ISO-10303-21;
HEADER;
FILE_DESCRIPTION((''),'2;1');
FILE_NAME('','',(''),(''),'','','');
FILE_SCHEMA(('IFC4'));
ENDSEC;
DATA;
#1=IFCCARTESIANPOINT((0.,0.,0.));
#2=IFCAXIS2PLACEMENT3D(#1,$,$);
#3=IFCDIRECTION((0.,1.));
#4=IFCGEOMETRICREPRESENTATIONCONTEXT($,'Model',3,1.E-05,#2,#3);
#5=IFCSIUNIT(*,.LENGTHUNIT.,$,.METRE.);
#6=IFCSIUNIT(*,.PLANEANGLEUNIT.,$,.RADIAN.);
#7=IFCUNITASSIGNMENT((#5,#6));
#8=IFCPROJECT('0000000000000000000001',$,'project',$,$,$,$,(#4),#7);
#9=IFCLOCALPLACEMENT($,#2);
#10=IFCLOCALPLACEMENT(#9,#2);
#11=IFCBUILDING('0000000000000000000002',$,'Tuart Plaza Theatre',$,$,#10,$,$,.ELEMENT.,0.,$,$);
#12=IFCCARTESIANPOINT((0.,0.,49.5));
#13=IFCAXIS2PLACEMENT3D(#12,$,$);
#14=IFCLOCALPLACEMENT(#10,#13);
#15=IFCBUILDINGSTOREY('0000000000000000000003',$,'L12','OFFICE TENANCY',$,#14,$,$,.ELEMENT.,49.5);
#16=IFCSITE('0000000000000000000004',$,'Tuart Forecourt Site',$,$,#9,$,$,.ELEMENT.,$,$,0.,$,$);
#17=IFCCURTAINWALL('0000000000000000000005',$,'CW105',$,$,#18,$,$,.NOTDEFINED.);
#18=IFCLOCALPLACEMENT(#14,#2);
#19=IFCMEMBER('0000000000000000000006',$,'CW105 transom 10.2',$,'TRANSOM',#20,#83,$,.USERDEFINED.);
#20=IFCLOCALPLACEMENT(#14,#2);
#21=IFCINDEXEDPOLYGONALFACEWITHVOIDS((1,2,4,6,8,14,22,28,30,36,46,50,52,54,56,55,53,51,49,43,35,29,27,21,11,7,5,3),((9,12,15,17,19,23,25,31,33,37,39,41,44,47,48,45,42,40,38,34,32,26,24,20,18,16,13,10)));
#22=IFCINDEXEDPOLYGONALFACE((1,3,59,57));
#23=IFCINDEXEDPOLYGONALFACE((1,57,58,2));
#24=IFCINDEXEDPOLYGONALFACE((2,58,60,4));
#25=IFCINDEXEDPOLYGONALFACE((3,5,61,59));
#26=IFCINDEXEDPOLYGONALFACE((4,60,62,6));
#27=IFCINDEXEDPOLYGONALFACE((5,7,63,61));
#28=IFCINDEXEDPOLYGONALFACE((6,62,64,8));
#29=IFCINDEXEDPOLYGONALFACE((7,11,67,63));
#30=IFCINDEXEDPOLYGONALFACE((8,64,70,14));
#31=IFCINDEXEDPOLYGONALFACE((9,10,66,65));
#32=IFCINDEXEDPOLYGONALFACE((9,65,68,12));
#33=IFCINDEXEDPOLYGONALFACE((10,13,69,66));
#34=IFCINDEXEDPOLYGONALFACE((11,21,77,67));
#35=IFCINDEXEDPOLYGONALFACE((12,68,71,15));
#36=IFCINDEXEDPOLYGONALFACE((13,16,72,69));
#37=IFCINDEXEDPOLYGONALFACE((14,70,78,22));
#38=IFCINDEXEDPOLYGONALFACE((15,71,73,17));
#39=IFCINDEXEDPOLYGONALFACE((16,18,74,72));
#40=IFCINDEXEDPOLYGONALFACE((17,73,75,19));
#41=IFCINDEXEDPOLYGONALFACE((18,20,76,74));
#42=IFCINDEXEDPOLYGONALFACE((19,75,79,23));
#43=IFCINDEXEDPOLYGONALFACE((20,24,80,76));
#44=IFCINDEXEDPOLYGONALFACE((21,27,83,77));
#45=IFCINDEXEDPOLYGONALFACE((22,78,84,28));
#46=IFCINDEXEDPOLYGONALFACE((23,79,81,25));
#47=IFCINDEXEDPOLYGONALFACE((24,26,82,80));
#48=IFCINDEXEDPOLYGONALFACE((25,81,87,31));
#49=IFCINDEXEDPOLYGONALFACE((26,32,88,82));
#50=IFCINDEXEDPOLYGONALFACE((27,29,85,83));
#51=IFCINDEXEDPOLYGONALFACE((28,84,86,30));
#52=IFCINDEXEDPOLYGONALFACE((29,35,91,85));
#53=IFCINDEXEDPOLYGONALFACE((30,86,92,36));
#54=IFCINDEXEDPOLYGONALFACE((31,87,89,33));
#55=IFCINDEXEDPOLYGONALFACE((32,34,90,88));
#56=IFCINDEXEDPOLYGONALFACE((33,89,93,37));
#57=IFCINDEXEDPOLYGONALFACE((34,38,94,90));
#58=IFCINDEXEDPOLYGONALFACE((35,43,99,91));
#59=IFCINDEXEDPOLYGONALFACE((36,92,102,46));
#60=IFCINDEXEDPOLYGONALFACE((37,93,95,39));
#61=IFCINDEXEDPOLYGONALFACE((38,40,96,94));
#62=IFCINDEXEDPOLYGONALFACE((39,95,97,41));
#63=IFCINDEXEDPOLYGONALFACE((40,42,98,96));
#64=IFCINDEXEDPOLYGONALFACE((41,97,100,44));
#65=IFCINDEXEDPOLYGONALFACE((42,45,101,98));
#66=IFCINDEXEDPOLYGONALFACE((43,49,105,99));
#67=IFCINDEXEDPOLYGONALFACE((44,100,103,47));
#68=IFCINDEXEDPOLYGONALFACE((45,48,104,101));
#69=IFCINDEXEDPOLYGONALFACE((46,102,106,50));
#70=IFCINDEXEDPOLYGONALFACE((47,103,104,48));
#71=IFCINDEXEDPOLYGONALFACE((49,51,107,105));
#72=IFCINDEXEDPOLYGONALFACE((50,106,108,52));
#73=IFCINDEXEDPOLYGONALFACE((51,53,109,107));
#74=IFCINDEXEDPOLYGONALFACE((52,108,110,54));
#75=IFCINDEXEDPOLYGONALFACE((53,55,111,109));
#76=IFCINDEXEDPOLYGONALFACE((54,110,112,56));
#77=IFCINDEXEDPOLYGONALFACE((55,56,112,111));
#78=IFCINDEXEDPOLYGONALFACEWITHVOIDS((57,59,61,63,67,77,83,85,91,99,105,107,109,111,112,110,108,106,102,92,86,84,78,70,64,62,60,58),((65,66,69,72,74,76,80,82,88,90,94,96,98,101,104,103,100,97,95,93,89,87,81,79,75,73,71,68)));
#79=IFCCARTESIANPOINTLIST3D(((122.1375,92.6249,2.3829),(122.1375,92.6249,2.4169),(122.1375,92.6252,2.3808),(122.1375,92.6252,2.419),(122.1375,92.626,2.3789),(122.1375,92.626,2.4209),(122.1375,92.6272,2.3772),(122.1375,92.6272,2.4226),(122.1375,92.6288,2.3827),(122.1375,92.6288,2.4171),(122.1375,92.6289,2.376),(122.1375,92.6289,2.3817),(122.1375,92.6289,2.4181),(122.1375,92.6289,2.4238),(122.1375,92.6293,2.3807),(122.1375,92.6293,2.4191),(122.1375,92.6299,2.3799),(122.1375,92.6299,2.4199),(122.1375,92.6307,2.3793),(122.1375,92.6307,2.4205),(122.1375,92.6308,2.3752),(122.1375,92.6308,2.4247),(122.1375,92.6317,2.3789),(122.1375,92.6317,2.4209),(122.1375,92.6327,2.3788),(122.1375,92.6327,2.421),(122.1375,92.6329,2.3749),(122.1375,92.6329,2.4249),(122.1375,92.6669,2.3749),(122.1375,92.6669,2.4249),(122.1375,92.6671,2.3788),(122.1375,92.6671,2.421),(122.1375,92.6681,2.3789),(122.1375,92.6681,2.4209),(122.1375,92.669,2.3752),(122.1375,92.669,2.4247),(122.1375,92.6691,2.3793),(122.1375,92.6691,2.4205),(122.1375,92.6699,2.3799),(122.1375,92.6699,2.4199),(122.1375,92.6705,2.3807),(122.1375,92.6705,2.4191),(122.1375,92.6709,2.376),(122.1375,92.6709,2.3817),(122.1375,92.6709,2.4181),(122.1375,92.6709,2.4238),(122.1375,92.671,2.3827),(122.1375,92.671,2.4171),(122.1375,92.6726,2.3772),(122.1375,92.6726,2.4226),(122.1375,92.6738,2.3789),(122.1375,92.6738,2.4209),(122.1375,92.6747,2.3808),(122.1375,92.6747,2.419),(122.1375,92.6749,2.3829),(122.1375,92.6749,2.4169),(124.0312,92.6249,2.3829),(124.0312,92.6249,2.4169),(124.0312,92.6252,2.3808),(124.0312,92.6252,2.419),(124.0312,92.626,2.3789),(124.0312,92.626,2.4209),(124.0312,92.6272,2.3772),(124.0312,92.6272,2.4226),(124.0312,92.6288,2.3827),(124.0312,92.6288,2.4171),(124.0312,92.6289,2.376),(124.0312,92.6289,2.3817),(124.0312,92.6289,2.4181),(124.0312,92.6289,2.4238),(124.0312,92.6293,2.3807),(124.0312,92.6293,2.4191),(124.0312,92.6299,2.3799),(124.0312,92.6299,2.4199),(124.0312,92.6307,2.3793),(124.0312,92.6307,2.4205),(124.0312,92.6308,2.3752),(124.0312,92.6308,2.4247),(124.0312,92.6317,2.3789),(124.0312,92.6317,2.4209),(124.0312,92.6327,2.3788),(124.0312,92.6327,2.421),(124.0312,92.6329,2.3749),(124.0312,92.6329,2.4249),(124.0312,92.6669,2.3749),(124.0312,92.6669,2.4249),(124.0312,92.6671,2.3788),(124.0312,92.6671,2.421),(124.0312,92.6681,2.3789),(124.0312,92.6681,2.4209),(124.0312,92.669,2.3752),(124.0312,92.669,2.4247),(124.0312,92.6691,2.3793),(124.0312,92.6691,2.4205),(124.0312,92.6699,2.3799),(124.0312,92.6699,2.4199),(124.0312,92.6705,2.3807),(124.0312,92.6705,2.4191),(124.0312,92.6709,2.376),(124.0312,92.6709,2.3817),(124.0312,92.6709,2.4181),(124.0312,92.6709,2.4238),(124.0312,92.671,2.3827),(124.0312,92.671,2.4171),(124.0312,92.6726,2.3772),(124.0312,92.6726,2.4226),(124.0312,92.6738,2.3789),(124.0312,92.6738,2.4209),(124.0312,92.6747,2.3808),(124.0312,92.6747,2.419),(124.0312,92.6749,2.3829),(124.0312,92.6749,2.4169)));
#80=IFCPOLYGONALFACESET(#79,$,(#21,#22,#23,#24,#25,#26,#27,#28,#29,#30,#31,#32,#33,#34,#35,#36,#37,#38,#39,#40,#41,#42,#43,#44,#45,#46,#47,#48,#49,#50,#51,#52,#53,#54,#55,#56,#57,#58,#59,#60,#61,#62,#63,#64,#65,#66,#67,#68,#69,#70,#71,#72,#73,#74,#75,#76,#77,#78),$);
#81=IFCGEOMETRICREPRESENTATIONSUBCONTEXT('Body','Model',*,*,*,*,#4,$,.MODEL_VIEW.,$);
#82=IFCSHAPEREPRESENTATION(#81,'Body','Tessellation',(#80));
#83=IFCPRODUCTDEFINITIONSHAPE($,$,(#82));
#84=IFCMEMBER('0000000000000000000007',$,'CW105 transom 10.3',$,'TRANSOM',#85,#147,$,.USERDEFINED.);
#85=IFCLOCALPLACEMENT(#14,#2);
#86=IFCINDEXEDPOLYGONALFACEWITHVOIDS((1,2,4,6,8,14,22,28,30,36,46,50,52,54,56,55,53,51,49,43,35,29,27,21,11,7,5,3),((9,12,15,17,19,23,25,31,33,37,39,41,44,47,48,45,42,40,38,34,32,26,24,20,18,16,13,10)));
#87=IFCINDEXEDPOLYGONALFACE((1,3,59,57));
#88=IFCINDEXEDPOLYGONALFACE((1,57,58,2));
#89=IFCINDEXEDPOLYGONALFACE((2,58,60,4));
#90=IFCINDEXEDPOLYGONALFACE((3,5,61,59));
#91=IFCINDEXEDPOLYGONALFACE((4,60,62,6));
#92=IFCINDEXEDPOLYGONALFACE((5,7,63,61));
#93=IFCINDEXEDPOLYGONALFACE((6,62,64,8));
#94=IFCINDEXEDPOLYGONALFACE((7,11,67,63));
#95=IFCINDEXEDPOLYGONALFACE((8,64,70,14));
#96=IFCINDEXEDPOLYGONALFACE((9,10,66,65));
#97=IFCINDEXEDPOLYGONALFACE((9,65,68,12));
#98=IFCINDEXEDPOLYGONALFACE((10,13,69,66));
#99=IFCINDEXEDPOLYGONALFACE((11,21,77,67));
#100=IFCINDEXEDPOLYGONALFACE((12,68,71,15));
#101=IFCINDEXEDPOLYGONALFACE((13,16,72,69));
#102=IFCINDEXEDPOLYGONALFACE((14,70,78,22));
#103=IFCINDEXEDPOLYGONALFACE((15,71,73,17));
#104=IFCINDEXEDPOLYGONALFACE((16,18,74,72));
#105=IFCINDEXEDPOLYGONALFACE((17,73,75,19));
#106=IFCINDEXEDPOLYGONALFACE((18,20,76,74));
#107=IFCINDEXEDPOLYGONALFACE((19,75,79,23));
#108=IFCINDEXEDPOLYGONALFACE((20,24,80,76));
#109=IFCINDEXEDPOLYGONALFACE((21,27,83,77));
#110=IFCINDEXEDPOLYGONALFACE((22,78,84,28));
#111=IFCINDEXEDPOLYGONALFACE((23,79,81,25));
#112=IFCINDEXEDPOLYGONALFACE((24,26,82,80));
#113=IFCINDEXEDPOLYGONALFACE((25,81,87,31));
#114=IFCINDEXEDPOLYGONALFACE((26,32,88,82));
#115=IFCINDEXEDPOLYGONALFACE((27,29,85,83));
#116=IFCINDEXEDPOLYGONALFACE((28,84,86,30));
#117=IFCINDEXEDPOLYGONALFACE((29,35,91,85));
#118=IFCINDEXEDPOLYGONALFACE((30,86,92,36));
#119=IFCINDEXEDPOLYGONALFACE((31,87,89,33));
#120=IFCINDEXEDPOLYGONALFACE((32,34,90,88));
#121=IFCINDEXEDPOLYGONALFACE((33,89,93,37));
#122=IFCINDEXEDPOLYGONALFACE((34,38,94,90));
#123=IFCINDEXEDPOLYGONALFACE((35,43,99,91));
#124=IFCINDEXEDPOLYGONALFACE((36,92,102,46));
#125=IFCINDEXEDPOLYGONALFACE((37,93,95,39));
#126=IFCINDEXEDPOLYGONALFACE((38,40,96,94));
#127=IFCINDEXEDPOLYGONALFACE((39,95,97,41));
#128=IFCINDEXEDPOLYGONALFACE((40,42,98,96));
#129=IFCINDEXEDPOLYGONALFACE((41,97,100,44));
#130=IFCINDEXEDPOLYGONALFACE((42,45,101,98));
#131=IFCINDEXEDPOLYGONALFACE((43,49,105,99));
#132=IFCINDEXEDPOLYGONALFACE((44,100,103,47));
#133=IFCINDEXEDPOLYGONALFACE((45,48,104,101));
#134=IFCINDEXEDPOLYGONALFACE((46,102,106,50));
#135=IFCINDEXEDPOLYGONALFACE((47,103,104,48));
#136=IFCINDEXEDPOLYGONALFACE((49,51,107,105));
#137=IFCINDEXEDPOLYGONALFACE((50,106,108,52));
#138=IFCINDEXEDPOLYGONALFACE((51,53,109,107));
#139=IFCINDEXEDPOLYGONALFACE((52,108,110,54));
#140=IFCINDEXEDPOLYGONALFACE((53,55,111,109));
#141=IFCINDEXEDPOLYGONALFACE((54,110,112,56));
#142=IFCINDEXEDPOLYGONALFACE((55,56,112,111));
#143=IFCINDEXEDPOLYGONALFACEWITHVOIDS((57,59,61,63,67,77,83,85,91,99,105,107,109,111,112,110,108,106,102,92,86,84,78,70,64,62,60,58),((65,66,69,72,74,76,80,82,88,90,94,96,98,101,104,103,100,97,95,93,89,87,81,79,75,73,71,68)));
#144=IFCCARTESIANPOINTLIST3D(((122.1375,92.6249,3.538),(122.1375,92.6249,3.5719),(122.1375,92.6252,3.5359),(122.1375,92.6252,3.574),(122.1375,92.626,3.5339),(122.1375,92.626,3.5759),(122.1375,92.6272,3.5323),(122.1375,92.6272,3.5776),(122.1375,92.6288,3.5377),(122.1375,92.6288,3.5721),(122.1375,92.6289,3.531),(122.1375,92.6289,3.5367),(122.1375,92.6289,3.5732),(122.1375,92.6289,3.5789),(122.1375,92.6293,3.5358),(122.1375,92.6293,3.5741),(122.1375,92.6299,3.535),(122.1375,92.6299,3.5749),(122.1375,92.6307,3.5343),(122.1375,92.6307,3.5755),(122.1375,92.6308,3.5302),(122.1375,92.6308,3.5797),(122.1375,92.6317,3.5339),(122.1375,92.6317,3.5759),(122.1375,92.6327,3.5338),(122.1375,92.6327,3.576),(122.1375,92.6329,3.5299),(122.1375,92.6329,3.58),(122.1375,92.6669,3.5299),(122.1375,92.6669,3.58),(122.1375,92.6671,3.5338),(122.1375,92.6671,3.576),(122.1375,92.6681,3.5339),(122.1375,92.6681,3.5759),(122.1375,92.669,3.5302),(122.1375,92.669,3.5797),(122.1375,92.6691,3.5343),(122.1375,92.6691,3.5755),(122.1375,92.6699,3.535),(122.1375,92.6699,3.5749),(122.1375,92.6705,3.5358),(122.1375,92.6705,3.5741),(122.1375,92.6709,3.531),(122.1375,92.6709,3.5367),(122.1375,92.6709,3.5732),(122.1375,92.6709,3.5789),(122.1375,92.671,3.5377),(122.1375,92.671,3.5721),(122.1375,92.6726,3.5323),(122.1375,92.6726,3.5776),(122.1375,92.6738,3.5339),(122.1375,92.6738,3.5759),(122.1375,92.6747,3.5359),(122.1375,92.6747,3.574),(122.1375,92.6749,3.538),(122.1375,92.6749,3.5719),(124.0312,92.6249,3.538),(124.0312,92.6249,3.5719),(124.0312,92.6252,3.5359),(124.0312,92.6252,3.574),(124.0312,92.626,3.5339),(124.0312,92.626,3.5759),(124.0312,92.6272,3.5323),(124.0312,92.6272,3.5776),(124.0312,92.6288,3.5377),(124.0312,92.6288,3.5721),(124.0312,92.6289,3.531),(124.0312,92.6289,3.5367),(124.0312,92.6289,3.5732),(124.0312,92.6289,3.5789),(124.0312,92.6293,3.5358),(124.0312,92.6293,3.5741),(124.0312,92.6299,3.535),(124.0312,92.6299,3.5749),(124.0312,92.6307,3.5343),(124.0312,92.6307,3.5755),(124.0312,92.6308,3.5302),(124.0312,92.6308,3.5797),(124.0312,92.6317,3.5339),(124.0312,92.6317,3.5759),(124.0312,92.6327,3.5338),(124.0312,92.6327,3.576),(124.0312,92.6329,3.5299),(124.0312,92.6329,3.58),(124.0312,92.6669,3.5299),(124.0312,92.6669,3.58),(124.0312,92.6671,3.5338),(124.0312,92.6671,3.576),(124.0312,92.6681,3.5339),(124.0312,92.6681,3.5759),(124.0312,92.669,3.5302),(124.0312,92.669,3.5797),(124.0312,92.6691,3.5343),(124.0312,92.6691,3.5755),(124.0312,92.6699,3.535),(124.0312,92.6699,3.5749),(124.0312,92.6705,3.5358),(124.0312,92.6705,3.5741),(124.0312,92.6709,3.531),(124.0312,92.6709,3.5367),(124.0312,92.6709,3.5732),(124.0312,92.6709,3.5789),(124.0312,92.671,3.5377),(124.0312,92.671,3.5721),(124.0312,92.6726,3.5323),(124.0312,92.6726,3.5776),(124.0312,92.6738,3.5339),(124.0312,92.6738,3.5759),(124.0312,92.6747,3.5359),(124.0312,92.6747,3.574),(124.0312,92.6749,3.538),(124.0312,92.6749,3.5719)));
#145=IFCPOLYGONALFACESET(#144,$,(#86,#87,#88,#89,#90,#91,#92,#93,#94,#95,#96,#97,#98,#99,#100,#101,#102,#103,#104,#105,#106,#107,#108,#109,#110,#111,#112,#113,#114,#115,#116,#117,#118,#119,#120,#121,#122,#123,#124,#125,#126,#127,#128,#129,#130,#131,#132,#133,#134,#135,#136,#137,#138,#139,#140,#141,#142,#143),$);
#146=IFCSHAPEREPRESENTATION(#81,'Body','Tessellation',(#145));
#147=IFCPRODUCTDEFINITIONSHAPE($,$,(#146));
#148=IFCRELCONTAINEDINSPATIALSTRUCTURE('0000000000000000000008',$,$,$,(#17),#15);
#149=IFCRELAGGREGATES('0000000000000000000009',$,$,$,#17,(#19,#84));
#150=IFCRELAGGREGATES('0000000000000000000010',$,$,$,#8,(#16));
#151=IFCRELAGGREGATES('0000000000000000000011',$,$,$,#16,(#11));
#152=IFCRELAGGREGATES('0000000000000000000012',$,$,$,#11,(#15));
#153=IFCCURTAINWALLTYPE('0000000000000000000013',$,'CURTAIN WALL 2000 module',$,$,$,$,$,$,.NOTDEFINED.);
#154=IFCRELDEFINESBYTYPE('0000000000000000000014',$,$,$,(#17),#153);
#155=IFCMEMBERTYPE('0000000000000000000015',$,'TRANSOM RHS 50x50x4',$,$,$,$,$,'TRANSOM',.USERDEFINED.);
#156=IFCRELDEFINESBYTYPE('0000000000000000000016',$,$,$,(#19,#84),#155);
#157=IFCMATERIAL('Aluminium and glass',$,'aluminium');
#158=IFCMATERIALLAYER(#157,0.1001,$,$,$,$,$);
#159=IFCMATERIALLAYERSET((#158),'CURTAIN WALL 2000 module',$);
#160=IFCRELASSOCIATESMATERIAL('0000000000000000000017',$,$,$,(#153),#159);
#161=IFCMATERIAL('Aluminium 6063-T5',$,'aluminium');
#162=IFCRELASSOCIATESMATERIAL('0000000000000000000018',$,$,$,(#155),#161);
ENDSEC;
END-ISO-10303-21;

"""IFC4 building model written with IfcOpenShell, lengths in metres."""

from ifc_helpers import new_model, si_unit, direction, frame, origin, origin_2d, place, context, subcontext, project, spatial, hollow_rectangle, extrude, material, layer, layer_set, material_profile, profile_set, type_object, element, aggregate, save


model = new_model("IFC4")

# Units and contexts
model_context = context("Model", 3, precision=1e-05, world=origin(), true_north=direction((0.0, 1.0)))
body_context = subcontext(model_context, "Body", "Model", "MODEL_VIEW")
ifc_project = project(units=[si_unit("LENGTHUNIT", "METRE"), si_unit("PLANEANGLEUNIT", "RADIAN")], contexts=[model_context])

# Site, building, storey
site_placement = place(None, origin())
site = spatial("IfcSite", under=ifc_project, at=site_placement, Name="Tuart Forecourt Site", CompositionType="ELEMENT", RefElevation=0.0)
building_placement = place(site_placement, origin())
building = spatial("IfcBuilding", under=site, at=building_placement, Name="Tuart Plaza Theatre", CompositionType="ELEMENT", ElevationOfRefHeight=0.0)
storey_placement = place(building_placement, frame((0.0, 0.0, 49.5)))
storey = spatial("IfcBuildingStorey", under=building, at=storey_placement, Name="L12", Description="OFFICE TENANCY", CompositionType="ELEMENT", Elevation=49.5)

# Curtain wall, members
ifc_material_1 = material(Name="Aluminium and glass", Category="aluminium")
ifc_layer_1 = layer(ifc_material_1, 0.1001)
ifc_layer_set_1 = layer_set([ifc_layer_1], Name="CURTAIN WALL 2000 module")
curtain_wall_type = type_object("IfcCurtainWallType", Name="CURTAIN WALL 2000 module", PredefinedType="NOTDEFINED", material=ifc_layer_set_1)
curtain_wall_placement = place(storey_placement, origin())
curtain_wall = element("IfcCurtainWall", 1, at=curtain_wall_placement, inside=storey, type_object=curtain_wall_type, Name="CW105", PredefinedType="NOTDEFINED")
ifc_material_2 = material(Name="Aluminium 6063-T5", Category="aluminium")
ifc_material_profile_1 = material_profile(ifc_material_2, hollow_rectangle(XDim=0.05, YDim=0.05, WallThickness=0.0039, InnerFilletRadius=0.0039, OuterFilletRadius=0.0081, at=origin_2d()), Name="RHS 50x50x4")
ifc_profile_set_1 = profile_set([ifc_material_profile_1], Name="Aluminium 6063-T5")
member_type_1 = type_object("IfcMemberType", Name="TRANSOM RHS 50x50x4", ElementType="TRANSOM", PredefinedType="USERDEFINED", material=ifc_profile_set_1)
member_1_placement = place(storey_placement, frame((124.0312, 92.6499, 2.3999), z_axis=(-1.0, 0.0, 0.0), x_axis=(0.0, -1.0, 0.0)))
member_1 = element("IfcMember", 2, at=member_1_placement, type_object=member_type_1, Name="CW105 transom 10.2", ObjectType="TRANSOM", PredefinedType="USERDEFINED", context=body_context, shape_type="SweptSolid", body=[
    extrude(hollow_rectangle(XDim=0.05, YDim=0.05, WallThickness=0.0039, InnerFilletRadius=0.0039, OuterFilletRadius=0.0081, at=origin_2d()), origin(), (0.0, 0.0, 1.0), 1.8938),
])
member_2_placement = place(storey_placement, frame((124.0312, 92.6499, 3.5549), z_axis=(-1.0, 0.0, 0.0), x_axis=(0.0, -1.0, 0.0)))
member_2 = element("IfcMember", 3, at=member_2_placement, type_object=member_type_1, Name="CW105 transom 10.3", ObjectType="TRANSOM", PredefinedType="USERDEFINED", context=body_context, shape_type="SweptSolid", body=[
    extrude(hollow_rectangle(XDim=0.05, YDim=0.05, WallThickness=0.0039, InnerFilletRadius=0.0039, OuterFilletRadius=0.0081, at=origin_2d()), origin(), (0.0, 0.0, 1.0), 1.8938),
])
aggregate(curtain_wall, [member_1, member_2])

save(model, "model.ifc")
